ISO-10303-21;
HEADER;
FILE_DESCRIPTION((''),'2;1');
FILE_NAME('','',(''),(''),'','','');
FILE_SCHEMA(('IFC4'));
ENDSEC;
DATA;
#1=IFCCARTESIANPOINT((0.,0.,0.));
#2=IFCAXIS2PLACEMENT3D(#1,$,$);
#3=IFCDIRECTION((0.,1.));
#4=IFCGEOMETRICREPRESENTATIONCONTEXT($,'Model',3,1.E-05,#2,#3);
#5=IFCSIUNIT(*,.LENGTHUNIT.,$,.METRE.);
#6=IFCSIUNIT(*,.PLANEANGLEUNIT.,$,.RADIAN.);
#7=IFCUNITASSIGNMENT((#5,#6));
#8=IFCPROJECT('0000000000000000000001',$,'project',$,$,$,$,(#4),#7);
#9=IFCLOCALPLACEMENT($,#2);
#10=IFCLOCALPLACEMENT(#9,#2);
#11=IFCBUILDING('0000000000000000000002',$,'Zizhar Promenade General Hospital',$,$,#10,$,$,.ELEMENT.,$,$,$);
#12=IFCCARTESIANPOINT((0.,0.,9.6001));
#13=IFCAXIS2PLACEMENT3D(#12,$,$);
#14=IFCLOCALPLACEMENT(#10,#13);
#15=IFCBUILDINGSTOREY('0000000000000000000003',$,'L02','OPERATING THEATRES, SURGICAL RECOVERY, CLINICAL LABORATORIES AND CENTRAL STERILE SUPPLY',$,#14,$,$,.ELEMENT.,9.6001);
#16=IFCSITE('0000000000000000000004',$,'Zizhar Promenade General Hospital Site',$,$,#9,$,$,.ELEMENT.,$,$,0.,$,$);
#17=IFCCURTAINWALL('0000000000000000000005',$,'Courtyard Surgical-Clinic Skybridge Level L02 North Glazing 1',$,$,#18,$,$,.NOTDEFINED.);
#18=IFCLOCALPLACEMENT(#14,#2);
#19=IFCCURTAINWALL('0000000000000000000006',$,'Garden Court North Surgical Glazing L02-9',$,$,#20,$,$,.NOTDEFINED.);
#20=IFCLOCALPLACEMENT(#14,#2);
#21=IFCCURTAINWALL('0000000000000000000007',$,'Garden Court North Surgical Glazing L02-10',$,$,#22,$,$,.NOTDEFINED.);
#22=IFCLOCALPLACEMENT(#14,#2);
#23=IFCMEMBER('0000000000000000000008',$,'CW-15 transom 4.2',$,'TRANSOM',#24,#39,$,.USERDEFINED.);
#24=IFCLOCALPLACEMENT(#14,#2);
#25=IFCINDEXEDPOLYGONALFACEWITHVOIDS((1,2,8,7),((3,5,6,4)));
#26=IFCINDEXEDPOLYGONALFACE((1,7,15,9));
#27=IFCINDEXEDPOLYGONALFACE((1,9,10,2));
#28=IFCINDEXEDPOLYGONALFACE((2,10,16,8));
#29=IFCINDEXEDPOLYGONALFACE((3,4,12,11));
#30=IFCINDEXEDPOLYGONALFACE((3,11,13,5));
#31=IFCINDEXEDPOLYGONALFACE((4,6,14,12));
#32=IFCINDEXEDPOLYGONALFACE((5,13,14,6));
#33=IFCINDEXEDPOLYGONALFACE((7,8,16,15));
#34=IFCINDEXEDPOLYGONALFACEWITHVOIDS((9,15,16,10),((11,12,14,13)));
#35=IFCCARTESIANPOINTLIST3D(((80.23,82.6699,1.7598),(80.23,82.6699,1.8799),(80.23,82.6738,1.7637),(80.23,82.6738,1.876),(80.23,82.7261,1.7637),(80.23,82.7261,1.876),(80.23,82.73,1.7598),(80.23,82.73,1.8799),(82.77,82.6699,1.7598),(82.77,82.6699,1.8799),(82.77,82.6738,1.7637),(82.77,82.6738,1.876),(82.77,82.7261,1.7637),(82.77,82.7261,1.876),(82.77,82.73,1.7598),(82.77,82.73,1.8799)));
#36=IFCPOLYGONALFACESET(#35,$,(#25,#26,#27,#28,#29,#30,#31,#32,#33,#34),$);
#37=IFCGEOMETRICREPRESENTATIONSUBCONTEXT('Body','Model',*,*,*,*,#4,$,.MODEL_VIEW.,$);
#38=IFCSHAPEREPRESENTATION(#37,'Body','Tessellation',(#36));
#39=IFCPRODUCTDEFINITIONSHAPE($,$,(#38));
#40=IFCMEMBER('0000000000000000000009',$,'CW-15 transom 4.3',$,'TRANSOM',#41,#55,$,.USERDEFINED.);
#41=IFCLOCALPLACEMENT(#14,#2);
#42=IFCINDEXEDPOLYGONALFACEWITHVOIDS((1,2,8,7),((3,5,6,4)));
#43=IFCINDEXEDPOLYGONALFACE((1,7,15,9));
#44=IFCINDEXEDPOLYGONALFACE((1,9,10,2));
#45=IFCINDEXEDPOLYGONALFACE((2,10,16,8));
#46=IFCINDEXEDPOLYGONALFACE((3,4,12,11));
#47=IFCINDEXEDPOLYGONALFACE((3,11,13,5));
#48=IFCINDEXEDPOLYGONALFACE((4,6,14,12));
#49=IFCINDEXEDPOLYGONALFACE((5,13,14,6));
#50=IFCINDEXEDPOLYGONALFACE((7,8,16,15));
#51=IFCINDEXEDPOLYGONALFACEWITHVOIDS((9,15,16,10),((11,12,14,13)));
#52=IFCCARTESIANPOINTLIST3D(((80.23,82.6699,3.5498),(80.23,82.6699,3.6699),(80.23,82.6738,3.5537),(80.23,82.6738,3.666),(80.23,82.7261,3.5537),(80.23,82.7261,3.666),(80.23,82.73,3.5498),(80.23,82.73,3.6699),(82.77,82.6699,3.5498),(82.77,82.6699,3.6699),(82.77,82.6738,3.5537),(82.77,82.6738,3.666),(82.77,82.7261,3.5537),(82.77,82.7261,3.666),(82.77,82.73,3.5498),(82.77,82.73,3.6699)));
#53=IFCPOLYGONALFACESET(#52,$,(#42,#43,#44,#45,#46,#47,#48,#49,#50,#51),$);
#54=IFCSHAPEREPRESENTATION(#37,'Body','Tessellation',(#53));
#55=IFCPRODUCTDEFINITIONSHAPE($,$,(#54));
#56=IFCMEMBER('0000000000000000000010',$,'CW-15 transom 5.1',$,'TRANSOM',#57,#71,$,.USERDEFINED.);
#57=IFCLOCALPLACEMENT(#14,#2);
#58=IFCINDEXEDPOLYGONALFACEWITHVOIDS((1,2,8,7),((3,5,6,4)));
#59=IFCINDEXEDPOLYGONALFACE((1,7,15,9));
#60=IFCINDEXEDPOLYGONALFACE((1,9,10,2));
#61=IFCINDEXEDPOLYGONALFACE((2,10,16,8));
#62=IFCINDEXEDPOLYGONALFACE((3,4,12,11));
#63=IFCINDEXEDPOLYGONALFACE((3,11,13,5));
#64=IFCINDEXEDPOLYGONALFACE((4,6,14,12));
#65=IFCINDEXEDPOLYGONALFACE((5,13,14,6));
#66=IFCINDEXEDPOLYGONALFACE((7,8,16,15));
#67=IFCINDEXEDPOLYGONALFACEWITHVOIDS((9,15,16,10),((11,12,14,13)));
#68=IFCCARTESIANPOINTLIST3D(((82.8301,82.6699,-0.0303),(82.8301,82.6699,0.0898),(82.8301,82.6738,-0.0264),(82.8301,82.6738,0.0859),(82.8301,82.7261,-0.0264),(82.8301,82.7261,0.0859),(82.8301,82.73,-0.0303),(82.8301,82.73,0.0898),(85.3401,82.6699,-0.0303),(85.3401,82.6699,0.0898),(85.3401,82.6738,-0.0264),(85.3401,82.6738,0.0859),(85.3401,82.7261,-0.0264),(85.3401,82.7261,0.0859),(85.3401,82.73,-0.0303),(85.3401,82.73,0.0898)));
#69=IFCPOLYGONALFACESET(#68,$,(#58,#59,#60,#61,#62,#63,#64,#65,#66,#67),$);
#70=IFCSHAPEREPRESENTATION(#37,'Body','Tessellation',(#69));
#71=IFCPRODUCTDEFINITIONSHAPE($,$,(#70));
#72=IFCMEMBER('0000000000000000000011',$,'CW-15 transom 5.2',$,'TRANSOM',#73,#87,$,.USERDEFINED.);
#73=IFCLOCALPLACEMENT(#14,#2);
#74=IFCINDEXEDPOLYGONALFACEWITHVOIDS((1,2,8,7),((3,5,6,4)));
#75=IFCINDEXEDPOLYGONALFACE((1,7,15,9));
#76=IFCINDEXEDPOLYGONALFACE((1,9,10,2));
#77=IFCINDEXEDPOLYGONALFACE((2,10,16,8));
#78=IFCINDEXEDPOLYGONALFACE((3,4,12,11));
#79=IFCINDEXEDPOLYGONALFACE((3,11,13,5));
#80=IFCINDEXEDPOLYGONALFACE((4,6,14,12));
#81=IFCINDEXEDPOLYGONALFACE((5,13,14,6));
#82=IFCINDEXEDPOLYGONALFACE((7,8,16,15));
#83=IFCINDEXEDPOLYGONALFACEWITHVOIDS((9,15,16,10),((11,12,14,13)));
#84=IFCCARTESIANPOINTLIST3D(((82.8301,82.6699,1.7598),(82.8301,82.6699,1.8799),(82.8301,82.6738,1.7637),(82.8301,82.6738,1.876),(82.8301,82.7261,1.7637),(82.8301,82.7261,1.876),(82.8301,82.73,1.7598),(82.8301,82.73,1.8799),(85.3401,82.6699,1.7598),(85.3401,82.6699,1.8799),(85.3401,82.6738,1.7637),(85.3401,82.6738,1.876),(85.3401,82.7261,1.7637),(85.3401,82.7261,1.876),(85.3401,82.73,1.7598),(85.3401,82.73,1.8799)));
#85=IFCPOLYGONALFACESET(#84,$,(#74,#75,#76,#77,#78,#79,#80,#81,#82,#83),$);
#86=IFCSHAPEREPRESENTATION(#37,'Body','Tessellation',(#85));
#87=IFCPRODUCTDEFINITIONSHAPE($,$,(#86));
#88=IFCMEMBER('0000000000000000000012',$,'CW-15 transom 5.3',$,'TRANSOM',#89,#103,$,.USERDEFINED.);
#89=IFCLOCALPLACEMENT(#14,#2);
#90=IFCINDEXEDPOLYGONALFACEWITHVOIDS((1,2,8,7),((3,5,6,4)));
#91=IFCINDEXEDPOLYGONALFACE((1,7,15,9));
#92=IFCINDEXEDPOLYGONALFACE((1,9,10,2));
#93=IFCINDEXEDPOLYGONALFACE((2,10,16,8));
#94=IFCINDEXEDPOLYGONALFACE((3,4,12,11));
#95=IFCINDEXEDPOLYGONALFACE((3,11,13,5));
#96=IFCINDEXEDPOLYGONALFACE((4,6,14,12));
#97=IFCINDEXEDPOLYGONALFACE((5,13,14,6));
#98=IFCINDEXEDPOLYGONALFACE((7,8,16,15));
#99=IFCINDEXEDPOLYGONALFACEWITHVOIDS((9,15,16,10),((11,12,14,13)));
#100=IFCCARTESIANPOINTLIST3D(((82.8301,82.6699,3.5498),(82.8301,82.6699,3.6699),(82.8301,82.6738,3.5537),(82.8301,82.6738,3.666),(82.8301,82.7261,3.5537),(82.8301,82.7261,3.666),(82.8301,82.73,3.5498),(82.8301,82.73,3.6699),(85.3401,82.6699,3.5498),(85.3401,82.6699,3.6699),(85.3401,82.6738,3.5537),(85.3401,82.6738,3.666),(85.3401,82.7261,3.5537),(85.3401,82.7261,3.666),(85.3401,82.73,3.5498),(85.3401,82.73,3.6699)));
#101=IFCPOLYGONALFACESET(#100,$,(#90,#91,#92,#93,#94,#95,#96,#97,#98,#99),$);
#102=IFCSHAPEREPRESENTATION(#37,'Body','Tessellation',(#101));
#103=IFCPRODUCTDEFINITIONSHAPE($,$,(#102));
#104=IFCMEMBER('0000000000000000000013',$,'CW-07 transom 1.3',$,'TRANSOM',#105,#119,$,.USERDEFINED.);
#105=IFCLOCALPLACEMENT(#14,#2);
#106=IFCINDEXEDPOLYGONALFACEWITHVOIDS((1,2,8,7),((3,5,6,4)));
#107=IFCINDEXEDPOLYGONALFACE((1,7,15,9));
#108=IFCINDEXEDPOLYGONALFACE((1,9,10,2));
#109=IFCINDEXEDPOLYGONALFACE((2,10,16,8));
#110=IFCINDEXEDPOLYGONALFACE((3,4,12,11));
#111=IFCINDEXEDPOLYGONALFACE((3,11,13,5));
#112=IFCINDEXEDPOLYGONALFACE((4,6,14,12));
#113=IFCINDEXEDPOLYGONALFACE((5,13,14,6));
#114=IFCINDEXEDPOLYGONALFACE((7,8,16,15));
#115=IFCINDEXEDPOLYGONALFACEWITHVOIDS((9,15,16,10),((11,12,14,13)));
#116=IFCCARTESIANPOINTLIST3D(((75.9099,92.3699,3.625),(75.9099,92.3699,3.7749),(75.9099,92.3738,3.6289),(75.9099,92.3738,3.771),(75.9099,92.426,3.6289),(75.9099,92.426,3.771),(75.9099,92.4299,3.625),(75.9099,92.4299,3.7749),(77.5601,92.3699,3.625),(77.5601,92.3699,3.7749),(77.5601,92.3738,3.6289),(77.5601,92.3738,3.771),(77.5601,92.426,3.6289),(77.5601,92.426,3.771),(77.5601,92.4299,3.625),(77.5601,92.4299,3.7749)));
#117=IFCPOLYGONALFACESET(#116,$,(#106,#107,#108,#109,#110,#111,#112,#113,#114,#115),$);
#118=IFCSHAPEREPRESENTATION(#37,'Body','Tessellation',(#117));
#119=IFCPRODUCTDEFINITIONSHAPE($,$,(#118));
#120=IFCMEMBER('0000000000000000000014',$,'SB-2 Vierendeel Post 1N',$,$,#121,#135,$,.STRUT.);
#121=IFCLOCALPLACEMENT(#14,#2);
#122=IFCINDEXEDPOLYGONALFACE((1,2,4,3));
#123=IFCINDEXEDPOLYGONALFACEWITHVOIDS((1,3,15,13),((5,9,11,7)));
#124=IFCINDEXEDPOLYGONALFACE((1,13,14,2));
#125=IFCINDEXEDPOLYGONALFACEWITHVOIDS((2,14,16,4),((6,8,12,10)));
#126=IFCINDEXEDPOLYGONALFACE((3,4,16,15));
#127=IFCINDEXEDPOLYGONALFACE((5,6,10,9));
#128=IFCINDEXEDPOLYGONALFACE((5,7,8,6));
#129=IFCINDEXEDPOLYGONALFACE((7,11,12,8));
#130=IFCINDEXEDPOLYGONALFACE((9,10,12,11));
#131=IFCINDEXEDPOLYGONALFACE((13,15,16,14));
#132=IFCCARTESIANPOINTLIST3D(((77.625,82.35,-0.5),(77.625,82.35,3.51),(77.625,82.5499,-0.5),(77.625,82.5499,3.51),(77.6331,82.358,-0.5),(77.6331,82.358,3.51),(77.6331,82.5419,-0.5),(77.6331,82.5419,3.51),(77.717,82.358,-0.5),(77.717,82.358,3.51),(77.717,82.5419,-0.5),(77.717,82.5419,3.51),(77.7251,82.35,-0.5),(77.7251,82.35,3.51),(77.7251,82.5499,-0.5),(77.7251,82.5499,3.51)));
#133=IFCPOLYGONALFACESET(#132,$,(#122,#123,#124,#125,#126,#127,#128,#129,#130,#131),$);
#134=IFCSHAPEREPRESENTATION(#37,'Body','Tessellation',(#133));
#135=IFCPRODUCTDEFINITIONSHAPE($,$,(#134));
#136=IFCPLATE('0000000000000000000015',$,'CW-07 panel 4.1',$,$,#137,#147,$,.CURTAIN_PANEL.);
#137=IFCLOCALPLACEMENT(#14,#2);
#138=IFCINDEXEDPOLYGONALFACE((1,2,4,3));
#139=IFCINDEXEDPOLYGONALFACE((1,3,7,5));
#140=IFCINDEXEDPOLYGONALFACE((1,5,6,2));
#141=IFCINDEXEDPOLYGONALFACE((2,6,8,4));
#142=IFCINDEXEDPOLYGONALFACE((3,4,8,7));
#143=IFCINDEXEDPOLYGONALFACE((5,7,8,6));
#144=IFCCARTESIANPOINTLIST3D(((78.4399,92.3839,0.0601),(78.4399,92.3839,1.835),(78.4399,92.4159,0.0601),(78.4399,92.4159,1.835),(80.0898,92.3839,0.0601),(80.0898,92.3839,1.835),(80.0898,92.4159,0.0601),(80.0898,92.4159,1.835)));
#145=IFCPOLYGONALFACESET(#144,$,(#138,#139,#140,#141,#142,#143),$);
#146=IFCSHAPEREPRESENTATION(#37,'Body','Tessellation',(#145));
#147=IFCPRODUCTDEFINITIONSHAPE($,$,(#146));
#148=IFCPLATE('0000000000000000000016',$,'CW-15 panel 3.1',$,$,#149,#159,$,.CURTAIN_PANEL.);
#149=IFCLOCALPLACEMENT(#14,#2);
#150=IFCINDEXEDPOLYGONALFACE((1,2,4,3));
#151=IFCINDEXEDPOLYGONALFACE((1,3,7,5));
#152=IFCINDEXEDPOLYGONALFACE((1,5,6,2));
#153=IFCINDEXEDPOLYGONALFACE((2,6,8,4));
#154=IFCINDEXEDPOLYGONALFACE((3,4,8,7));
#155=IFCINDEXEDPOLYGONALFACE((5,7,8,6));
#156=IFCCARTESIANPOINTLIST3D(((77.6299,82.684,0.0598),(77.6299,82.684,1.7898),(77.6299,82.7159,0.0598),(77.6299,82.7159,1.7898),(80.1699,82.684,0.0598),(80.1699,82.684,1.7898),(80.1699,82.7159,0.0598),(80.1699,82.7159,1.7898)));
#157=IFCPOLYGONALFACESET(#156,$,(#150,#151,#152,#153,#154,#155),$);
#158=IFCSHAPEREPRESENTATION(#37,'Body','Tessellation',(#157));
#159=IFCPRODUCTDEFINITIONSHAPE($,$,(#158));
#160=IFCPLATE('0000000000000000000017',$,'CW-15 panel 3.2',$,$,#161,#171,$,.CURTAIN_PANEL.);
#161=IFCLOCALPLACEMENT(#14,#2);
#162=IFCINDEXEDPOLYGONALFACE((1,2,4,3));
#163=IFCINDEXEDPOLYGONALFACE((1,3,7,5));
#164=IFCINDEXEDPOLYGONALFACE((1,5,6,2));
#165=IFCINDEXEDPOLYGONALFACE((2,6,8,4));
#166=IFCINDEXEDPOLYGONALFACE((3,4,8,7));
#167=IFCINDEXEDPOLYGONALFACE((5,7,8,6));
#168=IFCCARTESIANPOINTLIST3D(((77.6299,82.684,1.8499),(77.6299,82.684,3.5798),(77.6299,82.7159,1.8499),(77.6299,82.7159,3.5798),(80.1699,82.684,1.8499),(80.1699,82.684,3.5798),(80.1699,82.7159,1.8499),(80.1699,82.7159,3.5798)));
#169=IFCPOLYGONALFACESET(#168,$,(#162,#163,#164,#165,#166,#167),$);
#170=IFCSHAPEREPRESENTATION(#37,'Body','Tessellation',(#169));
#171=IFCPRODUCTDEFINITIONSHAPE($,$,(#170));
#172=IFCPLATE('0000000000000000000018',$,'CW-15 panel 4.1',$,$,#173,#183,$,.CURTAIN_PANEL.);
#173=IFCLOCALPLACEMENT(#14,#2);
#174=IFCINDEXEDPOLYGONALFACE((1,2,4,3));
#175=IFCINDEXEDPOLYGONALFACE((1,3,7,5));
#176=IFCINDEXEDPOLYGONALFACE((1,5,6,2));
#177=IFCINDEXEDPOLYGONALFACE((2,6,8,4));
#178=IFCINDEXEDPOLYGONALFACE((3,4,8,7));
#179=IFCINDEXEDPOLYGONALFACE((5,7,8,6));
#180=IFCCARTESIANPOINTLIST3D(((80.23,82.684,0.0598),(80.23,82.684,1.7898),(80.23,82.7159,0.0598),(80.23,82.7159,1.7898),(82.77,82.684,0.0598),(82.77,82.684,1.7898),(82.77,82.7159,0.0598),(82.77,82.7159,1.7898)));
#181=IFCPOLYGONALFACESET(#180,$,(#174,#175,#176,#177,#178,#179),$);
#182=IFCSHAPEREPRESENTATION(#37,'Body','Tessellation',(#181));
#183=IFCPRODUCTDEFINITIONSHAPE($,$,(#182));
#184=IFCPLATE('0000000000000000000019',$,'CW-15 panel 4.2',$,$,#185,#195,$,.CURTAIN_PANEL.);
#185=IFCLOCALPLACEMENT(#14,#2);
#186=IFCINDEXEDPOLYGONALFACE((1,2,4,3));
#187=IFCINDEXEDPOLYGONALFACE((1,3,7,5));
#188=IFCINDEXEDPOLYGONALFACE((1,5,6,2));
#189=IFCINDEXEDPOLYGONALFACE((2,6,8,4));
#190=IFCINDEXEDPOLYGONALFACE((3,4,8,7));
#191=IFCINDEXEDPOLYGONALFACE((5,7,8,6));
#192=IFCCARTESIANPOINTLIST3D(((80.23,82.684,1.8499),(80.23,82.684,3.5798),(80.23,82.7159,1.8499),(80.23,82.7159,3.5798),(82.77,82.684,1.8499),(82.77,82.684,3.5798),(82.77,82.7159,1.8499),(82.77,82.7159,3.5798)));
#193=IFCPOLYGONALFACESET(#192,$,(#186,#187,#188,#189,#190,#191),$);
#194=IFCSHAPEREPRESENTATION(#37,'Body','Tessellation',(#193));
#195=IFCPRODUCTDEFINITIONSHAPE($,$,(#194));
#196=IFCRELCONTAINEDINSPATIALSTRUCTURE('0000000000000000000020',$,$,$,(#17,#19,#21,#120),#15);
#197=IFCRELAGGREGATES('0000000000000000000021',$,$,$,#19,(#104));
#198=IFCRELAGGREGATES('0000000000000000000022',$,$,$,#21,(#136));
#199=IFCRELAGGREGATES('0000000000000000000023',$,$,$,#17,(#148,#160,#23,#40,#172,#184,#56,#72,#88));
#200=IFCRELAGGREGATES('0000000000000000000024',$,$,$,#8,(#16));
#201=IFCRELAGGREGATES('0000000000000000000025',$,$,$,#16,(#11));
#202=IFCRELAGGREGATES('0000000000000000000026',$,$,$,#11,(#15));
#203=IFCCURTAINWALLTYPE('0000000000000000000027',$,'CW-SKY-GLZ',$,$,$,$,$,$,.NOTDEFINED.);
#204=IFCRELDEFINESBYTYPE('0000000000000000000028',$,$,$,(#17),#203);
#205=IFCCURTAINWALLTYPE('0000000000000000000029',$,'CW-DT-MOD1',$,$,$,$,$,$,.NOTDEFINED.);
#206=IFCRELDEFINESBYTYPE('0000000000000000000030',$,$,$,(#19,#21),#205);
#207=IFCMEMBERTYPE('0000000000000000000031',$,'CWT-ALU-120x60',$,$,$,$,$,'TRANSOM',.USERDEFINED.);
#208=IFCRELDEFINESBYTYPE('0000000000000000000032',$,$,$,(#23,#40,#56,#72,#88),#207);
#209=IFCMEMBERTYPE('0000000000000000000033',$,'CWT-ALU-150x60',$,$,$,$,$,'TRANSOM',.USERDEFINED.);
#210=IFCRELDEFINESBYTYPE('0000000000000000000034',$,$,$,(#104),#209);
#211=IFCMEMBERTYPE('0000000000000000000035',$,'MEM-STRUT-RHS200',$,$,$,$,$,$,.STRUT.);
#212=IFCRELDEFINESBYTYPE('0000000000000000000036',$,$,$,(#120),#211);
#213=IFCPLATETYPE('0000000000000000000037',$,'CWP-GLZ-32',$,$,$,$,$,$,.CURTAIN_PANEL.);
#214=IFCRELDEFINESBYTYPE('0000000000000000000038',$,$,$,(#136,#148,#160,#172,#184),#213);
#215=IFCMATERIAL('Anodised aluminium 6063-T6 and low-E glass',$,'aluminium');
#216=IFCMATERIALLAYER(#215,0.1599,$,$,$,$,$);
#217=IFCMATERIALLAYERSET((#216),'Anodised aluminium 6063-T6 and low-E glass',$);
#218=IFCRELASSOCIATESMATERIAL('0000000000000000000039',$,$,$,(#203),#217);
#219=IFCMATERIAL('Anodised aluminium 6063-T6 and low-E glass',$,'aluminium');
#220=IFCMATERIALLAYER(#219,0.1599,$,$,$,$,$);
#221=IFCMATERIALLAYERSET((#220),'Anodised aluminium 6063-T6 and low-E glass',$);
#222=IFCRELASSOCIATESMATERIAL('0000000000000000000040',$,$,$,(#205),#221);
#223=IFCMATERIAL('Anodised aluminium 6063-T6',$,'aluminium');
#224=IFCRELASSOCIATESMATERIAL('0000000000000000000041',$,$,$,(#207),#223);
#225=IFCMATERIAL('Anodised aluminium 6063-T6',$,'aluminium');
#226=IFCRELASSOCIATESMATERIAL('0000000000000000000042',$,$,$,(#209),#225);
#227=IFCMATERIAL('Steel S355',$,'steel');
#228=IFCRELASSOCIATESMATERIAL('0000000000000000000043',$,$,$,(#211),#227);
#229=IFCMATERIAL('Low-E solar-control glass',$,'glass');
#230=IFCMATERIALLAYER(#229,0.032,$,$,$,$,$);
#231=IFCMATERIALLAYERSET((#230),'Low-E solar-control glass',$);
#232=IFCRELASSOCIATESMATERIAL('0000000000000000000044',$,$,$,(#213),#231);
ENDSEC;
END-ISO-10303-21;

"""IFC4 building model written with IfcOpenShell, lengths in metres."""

from ifc_helpers import new_model, si_unit, direction, frame, origin, origin_2d, place, context, subcontext, project, spatial, rectangle, hollow_rectangle, extrude, material, layer, layer_set, material_profile, profile_set, type_object, element, aggregate, save


model = new_model("IFC4")

# Units and contexts
model_context = context("Model", 3, precision=1e-05, world=origin(), true_north=direction((0.0, 1.0)))
body_context = subcontext(model_context, "Body", "Model", "MODEL_VIEW")
ifc_project = project(units=[si_unit("LENGTHUNIT", "METRE"), si_unit("PLANEANGLEUNIT", "RADIAN")], contexts=[model_context])

# Site, building, storey
site_placement = place(None, origin())
site = spatial("IfcSite", under=ifc_project, at=site_placement, Name="Zizhar Promenade General Hospital Site", CompositionType="ELEMENT", RefElevation=0.0)
building_placement = place(site_placement, origin())
building = spatial("IfcBuilding", under=site, at=building_placement, Name="Zizhar Promenade General Hospital", CompositionType="ELEMENT")
storey_placement = place(building_placement, frame((0.0, 0.0, 9.6001)))
storey = spatial("IfcBuildingStorey", under=building, at=storey_placement, Name="L02", Description="OPERATING THEATRES, SURGICAL RECOVERY, CLINICAL LABORATORIES AND CENTRAL STERILE SUPPLY", CompositionType="ELEMENT", Elevation=9.6001)

# Curtain wall
ifc_material_1 = material(Name="Anodised aluminium 6063-T6 and low-E glass", Category="aluminium")
ifc_layer_1 = layer(ifc_material_1, 0.1599)
ifc_layer_set_1 = layer_set([ifc_layer_1], Name="Anodised aluminium 6063-T6 and low-E glass")
curtain_wall_type_1 = type_object("IfcCurtainWallType", Name="CW-SKY-GLZ", PredefinedType="NOTDEFINED", material=ifc_layer_set_1)
curtain_wall_1_placement = place(storey_placement, origin())
curtain_wall_1 = element("IfcCurtainWall", 1, at=curtain_wall_1_placement, inside=storey, type_object=curtain_wall_type_1, Name="Courtyard Surgical-Clinic Skybridge Level L02 North Glazing 1", PredefinedType="NOTDEFINED")

# Curtain walls
ifc_material_2 = material(Name="Anodised aluminium 6063-T6 and low-E glass", Category="aluminium")
ifc_layer_2 = layer(ifc_material_2, 0.1599)
ifc_layer_set_2 = layer_set([ifc_layer_2], Name="Anodised aluminium 6063-T6 and low-E glass")
curtain_wall_type_2 = type_object("IfcCurtainWallType", Name="CW-DT-MOD1", PredefinedType="NOTDEFINED", material=ifc_layer_set_2)
curtain_wall_2_placement = place(storey_placement, origin())
curtain_wall_2 = element("IfcCurtainWall", 2, at=curtain_wall_2_placement, inside=storey, type_object=curtain_wall_type_2, Name="Garden Court North Surgical Glazing L02-9", PredefinedType="NOTDEFINED")
curtain_wall_3_placement = place(storey_placement, origin())
curtain_wall_3 = element("IfcCurtainWall", 3, at=curtain_wall_3_placement, inside=storey, type_object=curtain_wall_type_2, Name="Garden Court North Surgical Glazing L02-10", PredefinedType="NOTDEFINED")

# Members
ifc_material_3 = material(Name="Anodised aluminium 6063-T6", Category="aluminium")
ifc_material_profile_1 = material_profile(ifc_material_3, hollow_rectangle(XDim=0.0601, YDim=0.1201, WallThickness=0.0039, at=origin_2d()))
ifc_profile_set_1 = profile_set([ifc_material_profile_1], Name="Anodised aluminium 6063-T6")
member_type_1 = type_object("IfcMemberType", Name="CWT-ALU-120x60", ElementType="TRANSOM", PredefinedType="USERDEFINED", material=ifc_profile_set_1)
member_1_placement = place(storey_placement, frame((80.23, 82.7, 1.8198), z_axis=(1.0, 0.0, 0.0), x_axis=(0.0, 1.0, 0.0)))
member_1 = element("IfcMember", 4, at=member_1_placement, type_object=member_type_1, Name="CW-15 transom 4.2", ObjectType="TRANSOM", PredefinedType="USERDEFINED", context=body_context, shape_type="SweptSolid", body=[
    extrude(hollow_rectangle(XDim=0.0601, YDim=0.1201, WallThickness=0.0039, at=origin_2d()), origin(), (0.0, 0.0, 1.0), 2.54),
])
member_2_placement = place(storey_placement, frame((80.23, 82.7, 3.6099), z_axis=(1.0, 0.0, 0.0), x_axis=(0.0, 1.0, 0.0)))
member_2 = element("IfcMember", 5, at=member_2_placement, type_object=member_type_1, Name="CW-15 transom 4.3", ObjectType="TRANSOM", PredefinedType="USERDEFINED", context=body_context, shape_type="SweptSolid", body=[
    extrude(hollow_rectangle(XDim=0.0601, YDim=0.1201, WallThickness=0.0039, at=origin_2d()), origin(), (0.0, 0.0, 1.0), 2.54),
])
member_3_placement = place(storey_placement, frame((82.8301, 82.7, 0.0298), z_axis=(1.0, 0.0, 0.0), x_axis=(0.0, 1.0, 0.0)))
member_3 = element("IfcMember", 6, at=member_3_placement, type_object=member_type_1, Name="CW-15 transom 5.1", ObjectType="TRANSOM", PredefinedType="USERDEFINED", context=body_context, shape_type="SweptSolid", body=[
    extrude(hollow_rectangle(XDim=0.0601, YDim=0.1201, WallThickness=0.0039, at=origin_2d()), origin(), (0.0, 0.0, 1.0), 2.51),
])
member_4_placement = place(storey_placement, frame((82.8301, 82.7, 1.8198), z_axis=(1.0, 0.0, 0.0), x_axis=(0.0, 1.0, 0.0)))
member_4 = element("IfcMember", 7, at=member_4_placement, type_object=member_type_1, Name="CW-15 transom 5.2", ObjectType="TRANSOM", PredefinedType="USERDEFINED", context=body_context, shape_type="SweptSolid", body=[
    extrude(hollow_rectangle(XDim=0.0601, YDim=0.1201, WallThickness=0.0039, at=origin_2d()), origin(), (0.0, 0.0, 1.0), 2.51),
])
member_5_placement = place(storey_placement, frame((82.8301, 82.7, 3.6099), z_axis=(1.0, 0.0, 0.0), x_axis=(0.0, 1.0, 0.0)))
member_5 = element("IfcMember", 8, at=member_5_placement, type_object=member_type_1, Name="CW-15 transom 5.3", ObjectType="TRANSOM", PredefinedType="USERDEFINED", context=body_context, shape_type="SweptSolid", body=[
    extrude(hollow_rectangle(XDim=0.0601, YDim=0.1201, WallThickness=0.0039, at=origin_2d()), origin(), (0.0, 0.0, 1.0), 2.51),
])
ifc_material_4 = material(Name="Anodised aluminium 6063-T6", Category="aluminium")
ifc_material_profile_2 = material_profile(ifc_material_4, hollow_rectangle(XDim=0.0601, YDim=0.1499, WallThickness=0.0039, at=origin_2d()))
ifc_profile_set_2 = profile_set([ifc_material_profile_2], Name="Anodised aluminium 6063-T6")
member_type_2 = type_object("IfcMemberType", Name="CWT-ALU-150x60", ElementType="TRANSOM", PredefinedType="USERDEFINED", material=ifc_profile_set_2)
member_6_placement = place(storey_placement, frame((77.5601, 92.3999, 3.7), z_axis=(-1.0, 0.0, 0.0), x_axis=(0.0, -1.0, 0.0)))
member_6 = element("IfcMember", 9, at=member_6_placement, type_object=member_type_2, Name="CW-07 transom 1.3", ObjectType="TRANSOM", PredefinedType="USERDEFINED", context=body_context, shape_type="SweptSolid", body=[
    extrude(hollow_rectangle(XDim=0.0601, YDim=0.1499, WallThickness=0.0039, at=origin_2d()), origin(), (0.0, 0.0, 1.0), 1.6501),
])
aggregate(curtain_wall_2, [member_6])
ifc_material_5 = material(Name="Steel S355", Category="steel")
ifc_material_profile_3 = material_profile(ifc_material_5, hollow_rectangle(XDim=0.1001, YDim=0.2, WallThickness=0.0081, at=origin_2d()))
ifc_profile_set_3 = profile_set([ifc_material_profile_3], Name="Steel S355")
member_type_3 = type_object("IfcMemberType", Name="MEM-STRUT-RHS200", PredefinedType="STRUT", material=ifc_profile_set_3)
member_7_placement = place(storey_placement, frame((77.675, 82.45, -0.5), z_axis=(0.0, 0.0, 1.0), x_axis=(1.0, 0.0, 0.0)))
element("IfcMember", 10, at=member_7_placement, inside=storey, type_object=member_type_3, Name="SB-2 Vierendeel Post 1N", PredefinedType="STRUT", context=body_context, shape_type="SweptSolid", body=[
    extrude(hollow_rectangle(XDim=0.1001, YDim=0.2, WallThickness=0.0081, at=origin_2d()), origin(), (0.0, 0.0, 1.0), 4.01),
])

# Plates
ifc_material_6 = material(Name="Low-E solar-control glass", Category="glass")
ifc_layer_3 = layer(ifc_material_6, 0.032)
ifc_layer_set_3 = layer_set([ifc_layer_3], Name="Low-E solar-control glass")
plate_type = type_object("IfcPlateType", Name="CWP-GLZ-32", PredefinedType="CURTAIN_PANEL", material=ifc_layer_set_3)
plate_1_placement = place(storey_placement, frame((79.2649, 92.3999, 0.0601), z_axis=(0.0, 0.0, 1.0), x_axis=(-1.0, 0.0, 0.0)))
plate_1 = element("IfcPlate", 11, at=plate_1_placement, type_object=plate_type, Name="CW-07 panel 4.1", PredefinedType="CURTAIN_PANEL", context=body_context, shape_type="SweptSolid", body=[
    extrude(rectangle(XDim=1.6499, YDim=0.032, at=origin_2d()), origin(), (0.0, 0.0, 1.0), 1.7749),
])
aggregate(curtain_wall_3, [plate_1])
plate_2_placement = place(storey_placement, frame((78.8999, 82.7, 0.0598), z_axis=(0.0, 0.0, 1.0), x_axis=(1.0, 0.0, 0.0)))
plate_2 = element("IfcPlate", 12, at=plate_2_placement, type_object=plate_type, Name="CW-15 panel 3.1", PredefinedType="CURTAIN_PANEL", context=body_context, shape_type="SweptSolid", body=[
    extrude(rectangle(XDim=2.54, YDim=0.032, at=origin_2d()), origin(), (0.0, 0.0, 1.0), 1.73),
])
plate_3_placement = place(storey_placement, frame((78.8999, 82.7, 1.8499), z_axis=(0.0, 0.0, 1.0), x_axis=(1.0, 0.0, 0.0)))
plate_3 = element("IfcPlate", 13, at=plate_3_placement, type_object=plate_type, Name="CW-15 panel 3.2", PredefinedType="CURTAIN_PANEL", context=body_context, shape_type="SweptSolid", body=[
    extrude(rectangle(XDim=2.54, YDim=0.032, at=origin_2d()), origin(), (0.0, 0.0, 1.0), 1.73),
])
plate_4_placement = place(storey_placement, frame((81.5, 82.7, 0.0598), z_axis=(0.0, 0.0, 1.0), x_axis=(1.0, 0.0, 0.0)))
plate_4 = element("IfcPlate", 14, at=plate_4_placement, type_object=plate_type, Name="CW-15 panel 4.1", PredefinedType="CURTAIN_PANEL", context=body_context, shape_type="SweptSolid", body=[
    extrude(rectangle(XDim=2.54, YDim=0.032, at=origin_2d()), origin(), (0.0, 0.0, 1.0), 1.73),
])
plate_5_placement = place(storey_placement, frame((81.5, 82.7, 1.8499), z_axis=(0.0, 0.0, 1.0), x_axis=(1.0, 0.0, 0.0)))
plate_5 = element("IfcPlate", 15, at=plate_5_placement, type_object=plate_type, Name="CW-15 panel 4.2", PredefinedType="CURTAIN_PANEL", context=body_context, shape_type="SweptSolid", body=[
    extrude(rectangle(XDim=2.54, YDim=0.032, at=origin_2d()), origin(), (0.0, 0.0, 1.0), 1.73),
])
aggregate(curtain_wall_1, [plate_2, plate_3, member_1, member_2, plate_4, plate_5, member_3, member_4, member_5])

save(model, "model.ifc")
